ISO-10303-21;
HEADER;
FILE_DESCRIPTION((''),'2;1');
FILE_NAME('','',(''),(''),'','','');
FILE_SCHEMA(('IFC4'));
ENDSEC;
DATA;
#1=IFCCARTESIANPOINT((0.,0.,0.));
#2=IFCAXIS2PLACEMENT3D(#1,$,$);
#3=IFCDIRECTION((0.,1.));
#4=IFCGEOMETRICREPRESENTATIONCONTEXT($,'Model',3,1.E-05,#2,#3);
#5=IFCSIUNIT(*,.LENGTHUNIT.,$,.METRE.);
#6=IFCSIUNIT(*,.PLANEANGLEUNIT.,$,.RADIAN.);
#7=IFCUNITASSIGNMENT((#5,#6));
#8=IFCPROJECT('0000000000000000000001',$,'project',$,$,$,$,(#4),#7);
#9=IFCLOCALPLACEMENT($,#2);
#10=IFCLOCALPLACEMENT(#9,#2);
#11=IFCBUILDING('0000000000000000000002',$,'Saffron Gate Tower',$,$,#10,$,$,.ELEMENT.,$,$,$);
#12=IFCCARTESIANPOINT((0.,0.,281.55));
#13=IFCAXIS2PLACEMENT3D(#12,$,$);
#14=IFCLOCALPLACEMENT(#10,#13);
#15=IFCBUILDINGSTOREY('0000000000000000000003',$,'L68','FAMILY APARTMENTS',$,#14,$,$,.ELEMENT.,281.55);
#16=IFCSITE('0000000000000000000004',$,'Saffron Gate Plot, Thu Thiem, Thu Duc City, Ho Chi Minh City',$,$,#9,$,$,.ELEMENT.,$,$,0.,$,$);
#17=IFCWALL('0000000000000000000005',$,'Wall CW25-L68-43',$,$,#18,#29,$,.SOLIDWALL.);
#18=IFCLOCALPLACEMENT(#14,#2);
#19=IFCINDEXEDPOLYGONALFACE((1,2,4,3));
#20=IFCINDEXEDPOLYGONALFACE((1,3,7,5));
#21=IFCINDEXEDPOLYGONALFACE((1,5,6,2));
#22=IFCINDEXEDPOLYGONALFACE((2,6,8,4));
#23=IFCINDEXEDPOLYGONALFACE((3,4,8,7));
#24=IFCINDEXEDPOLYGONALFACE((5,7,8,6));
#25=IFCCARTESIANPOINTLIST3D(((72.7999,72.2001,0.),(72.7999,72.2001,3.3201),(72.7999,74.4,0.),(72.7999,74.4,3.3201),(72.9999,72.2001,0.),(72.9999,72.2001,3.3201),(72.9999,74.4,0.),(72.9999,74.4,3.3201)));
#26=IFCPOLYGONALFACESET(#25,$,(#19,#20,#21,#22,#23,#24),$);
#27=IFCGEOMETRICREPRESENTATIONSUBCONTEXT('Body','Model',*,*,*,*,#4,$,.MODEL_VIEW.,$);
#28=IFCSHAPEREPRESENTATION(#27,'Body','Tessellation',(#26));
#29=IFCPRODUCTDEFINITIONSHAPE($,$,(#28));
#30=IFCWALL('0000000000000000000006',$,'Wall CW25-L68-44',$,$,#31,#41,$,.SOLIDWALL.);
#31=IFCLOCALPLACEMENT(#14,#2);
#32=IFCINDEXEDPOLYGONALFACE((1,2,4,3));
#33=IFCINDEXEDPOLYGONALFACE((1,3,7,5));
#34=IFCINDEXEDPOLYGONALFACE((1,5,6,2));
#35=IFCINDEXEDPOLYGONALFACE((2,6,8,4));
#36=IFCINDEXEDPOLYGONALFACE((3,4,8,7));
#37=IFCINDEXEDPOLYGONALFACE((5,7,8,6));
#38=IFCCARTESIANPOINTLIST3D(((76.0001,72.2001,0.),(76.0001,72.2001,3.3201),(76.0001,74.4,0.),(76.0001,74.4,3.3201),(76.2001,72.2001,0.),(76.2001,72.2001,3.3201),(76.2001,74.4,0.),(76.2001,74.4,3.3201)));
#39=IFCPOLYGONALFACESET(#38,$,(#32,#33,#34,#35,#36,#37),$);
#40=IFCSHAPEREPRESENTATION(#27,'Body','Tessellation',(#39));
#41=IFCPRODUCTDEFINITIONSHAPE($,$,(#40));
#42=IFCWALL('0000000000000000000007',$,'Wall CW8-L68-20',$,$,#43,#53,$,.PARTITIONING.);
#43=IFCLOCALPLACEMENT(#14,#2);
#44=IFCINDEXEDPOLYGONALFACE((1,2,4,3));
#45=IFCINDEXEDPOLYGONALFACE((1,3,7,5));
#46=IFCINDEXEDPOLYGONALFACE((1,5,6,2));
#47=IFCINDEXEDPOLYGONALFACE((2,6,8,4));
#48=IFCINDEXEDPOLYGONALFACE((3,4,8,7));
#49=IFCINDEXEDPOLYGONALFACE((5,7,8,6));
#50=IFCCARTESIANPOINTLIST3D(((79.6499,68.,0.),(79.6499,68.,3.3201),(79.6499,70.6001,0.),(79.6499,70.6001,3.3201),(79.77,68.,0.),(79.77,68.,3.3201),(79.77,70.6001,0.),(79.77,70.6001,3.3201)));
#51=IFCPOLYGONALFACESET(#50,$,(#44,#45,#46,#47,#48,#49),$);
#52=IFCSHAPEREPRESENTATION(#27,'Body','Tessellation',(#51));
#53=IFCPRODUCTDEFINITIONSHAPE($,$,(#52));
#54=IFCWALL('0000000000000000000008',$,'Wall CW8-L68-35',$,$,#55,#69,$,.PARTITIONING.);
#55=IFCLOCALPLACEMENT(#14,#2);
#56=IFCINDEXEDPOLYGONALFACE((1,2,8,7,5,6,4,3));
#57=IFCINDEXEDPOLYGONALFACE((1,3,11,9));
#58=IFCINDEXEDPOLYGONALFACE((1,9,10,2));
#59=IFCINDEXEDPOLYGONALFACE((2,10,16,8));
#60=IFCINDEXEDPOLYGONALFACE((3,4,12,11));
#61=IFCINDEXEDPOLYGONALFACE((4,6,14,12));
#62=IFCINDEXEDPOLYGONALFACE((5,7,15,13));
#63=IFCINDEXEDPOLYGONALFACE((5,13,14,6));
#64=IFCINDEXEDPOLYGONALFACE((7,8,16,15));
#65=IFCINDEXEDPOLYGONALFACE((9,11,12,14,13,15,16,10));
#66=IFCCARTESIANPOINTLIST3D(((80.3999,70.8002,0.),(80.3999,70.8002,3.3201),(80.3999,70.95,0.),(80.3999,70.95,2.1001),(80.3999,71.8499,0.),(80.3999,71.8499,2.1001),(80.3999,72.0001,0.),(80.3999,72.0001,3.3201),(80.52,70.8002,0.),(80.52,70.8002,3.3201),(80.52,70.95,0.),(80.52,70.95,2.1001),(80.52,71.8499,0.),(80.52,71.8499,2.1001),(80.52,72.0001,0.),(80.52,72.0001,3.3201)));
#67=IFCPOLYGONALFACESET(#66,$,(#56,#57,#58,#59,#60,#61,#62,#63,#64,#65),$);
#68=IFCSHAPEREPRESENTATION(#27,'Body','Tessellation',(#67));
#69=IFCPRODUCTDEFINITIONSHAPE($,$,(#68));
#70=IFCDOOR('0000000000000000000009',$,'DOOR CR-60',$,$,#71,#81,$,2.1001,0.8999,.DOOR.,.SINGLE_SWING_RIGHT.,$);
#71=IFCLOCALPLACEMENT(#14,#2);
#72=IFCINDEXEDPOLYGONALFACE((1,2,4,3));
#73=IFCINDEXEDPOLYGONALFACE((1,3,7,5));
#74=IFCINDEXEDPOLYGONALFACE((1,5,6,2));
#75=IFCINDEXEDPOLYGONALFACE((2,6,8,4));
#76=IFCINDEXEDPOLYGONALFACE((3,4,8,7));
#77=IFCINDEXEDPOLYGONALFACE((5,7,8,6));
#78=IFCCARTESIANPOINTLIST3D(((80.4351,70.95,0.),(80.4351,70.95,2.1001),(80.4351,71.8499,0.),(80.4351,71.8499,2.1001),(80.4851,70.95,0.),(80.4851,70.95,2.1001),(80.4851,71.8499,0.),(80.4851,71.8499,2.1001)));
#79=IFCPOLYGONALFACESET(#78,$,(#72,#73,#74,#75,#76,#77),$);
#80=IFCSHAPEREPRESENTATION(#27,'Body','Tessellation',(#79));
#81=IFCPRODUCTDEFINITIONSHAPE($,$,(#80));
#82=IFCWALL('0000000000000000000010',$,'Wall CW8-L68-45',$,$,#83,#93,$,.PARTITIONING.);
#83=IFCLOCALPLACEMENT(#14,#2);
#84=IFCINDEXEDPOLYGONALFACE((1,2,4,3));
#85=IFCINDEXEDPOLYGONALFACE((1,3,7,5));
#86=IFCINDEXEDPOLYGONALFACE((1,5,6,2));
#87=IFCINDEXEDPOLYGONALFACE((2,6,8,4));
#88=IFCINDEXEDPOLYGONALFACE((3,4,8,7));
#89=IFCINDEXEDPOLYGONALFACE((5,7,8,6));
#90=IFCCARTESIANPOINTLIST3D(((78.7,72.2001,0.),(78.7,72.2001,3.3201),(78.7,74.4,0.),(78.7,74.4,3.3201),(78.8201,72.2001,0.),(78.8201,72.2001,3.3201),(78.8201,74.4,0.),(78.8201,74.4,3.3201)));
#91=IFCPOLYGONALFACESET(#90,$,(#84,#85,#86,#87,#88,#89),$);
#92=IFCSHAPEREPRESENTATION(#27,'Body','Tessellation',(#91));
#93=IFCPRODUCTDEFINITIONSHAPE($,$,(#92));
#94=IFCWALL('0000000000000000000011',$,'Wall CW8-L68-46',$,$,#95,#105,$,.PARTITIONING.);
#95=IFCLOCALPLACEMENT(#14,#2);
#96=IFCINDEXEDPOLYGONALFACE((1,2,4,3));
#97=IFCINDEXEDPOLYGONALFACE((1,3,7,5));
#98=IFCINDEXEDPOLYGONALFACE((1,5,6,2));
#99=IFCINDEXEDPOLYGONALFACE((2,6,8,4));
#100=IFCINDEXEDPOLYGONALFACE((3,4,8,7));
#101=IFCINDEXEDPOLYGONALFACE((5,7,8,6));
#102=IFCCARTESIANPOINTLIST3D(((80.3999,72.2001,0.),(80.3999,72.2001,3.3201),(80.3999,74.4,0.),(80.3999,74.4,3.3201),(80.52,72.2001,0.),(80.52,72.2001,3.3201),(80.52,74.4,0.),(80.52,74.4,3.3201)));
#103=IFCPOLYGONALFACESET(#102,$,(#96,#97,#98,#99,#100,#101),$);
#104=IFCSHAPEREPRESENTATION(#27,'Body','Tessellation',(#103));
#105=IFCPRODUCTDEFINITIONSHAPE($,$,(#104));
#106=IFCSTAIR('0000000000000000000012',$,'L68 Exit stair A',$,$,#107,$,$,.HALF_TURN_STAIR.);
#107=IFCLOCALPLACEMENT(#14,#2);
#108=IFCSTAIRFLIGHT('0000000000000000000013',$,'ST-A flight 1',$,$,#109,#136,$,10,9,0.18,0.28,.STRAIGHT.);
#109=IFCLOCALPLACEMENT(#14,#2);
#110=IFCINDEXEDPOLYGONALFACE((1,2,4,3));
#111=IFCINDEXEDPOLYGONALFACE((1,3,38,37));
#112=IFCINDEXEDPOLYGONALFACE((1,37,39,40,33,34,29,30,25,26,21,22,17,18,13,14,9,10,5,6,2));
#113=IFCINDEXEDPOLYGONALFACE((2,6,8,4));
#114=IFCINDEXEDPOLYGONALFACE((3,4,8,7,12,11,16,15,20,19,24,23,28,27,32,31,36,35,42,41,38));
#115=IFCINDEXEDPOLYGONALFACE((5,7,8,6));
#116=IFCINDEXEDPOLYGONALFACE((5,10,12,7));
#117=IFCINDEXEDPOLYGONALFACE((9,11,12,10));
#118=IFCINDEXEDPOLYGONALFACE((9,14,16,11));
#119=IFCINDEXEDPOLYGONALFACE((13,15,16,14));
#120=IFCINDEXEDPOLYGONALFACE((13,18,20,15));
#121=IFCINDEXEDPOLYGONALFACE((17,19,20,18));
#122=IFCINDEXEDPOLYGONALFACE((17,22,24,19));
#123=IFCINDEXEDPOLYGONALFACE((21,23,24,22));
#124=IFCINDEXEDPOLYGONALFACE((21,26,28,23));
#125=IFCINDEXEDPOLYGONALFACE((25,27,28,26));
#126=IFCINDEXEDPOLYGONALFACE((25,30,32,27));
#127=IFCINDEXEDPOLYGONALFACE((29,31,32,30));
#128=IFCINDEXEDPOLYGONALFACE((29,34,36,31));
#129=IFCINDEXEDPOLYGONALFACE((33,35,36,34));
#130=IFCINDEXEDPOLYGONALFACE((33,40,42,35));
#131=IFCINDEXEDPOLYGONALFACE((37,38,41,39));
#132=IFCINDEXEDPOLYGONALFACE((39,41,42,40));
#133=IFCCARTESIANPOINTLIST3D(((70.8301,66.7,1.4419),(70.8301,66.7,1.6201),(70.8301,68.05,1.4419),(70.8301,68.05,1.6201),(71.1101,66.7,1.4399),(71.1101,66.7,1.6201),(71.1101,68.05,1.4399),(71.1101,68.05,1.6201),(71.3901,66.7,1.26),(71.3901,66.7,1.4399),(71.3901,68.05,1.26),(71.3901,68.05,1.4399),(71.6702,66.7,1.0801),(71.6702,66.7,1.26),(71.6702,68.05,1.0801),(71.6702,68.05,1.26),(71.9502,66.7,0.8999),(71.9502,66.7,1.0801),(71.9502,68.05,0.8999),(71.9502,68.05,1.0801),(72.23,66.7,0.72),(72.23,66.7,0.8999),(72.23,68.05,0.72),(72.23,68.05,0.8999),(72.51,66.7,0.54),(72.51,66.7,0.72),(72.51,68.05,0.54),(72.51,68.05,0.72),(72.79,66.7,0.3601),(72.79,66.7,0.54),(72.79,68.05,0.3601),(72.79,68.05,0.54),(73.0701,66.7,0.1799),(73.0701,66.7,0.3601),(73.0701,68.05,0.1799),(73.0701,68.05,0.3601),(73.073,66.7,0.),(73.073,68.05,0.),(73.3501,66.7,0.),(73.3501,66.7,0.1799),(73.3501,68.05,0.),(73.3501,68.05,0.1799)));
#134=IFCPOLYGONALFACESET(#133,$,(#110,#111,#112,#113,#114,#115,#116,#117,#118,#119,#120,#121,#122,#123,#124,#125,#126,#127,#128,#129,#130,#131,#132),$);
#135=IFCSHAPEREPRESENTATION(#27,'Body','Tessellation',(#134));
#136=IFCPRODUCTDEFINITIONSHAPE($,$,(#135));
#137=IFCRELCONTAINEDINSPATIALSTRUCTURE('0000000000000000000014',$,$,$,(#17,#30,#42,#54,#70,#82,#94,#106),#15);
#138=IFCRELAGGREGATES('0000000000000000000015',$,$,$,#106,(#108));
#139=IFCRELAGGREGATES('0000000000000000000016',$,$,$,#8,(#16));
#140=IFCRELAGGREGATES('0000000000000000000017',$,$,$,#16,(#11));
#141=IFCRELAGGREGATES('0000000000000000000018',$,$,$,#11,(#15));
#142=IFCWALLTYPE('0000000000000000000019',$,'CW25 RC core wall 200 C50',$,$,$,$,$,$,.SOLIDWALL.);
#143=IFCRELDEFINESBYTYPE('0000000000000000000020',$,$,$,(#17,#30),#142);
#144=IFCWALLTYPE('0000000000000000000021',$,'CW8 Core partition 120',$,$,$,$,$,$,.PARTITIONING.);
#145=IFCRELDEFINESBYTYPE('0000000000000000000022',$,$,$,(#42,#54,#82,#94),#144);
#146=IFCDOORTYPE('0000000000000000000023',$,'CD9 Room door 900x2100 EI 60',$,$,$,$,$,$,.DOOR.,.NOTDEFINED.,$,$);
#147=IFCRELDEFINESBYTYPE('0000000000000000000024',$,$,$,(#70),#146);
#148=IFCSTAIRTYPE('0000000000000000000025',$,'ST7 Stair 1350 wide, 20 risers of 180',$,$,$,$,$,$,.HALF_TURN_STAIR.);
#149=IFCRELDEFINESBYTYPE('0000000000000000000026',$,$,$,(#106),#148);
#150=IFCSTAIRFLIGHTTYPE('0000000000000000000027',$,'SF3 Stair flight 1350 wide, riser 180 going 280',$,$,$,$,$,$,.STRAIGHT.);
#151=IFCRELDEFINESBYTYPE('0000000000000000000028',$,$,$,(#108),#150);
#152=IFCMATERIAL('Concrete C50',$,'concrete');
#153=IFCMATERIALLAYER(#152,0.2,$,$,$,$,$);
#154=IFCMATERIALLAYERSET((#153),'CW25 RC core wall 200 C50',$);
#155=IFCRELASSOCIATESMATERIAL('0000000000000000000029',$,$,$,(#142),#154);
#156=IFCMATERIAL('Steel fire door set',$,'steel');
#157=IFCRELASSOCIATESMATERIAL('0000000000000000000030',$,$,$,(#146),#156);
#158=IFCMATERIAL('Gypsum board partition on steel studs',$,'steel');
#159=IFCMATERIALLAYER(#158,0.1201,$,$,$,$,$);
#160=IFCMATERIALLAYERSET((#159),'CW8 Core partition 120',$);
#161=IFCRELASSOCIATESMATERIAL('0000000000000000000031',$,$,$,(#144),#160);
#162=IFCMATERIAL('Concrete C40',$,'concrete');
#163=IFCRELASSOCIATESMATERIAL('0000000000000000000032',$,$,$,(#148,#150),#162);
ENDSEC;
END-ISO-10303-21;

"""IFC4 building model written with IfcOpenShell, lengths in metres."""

from ifc_helpers import new_model, si_unit, direction, frame, frame_2d, origin, place, context, subcontext, project, spatial, polyline, rectangle, outline, extrude, material, layer, layer_set, type_object, element, fill, aggregate, save


model = new_model("IFC4")

# Units and contexts
model_context = context("Model", 3, precision=1e-05, world=origin(), true_north=direction((0.0, 1.0)))
body_context = subcontext(model_context, "Body", "Model", "MODEL_VIEW")
ifc_project = project(units=[si_unit("LENGTHUNIT", "METRE"), si_unit("PLANEANGLEUNIT", "RADIAN")], contexts=[model_context])

# Site, building, storey
site_placement = place(None, origin())
site = spatial("IfcSite", under=ifc_project, at=site_placement, Name="Saffron Gate Plot, Thu Thiem, Thu Duc City, Ho Chi Minh City", CompositionType="ELEMENT", RefElevation=0.0)
building_placement = place(site_placement, origin())
building = spatial("IfcBuilding", under=site, at=building_placement, Name="Saffron Gate Tower", CompositionType="ELEMENT")
storey_placement = place(building_placement, frame((0.0, 0.0, 281.55)))
storey = spatial("IfcBuildingStorey", under=building, at=storey_placement, Name="L68", Description="FAMILY APARTMENTS", CompositionType="ELEMENT", Elevation=281.55)

# Shared definitions
ifc_material_1 = material(Name="Concrete C50", Category="concrete")

# Shared definitions
ifc_layer_1 = layer(ifc_material_1, 0.2)
ifc_layer_set_1 = layer_set([ifc_layer_1], Name="CW25 RC core wall 200 C50")
wall_type_1 = type_object("IfcWallType", Name="CW25 RC core wall 200 C50", PredefinedType="SOLIDWALL", material=ifc_layer_set_1)
ifc_material_2 = material(Name="Steel fire door set", Category="steel")
door_type_1 = type_object("IfcDoorType", Name="CD9 Room door 900x2100 EI 60", OperationType="NOTDEFINED", PredefinedType="DOOR", material=ifc_material_2)

# Walls
for number, where, z_axis, x_axis, name in (
    (1, (72.8999, 72.2, 0.0), (0.0, 0.0, 1.0), (0.0, 1.0, 0.0), "Wall CW25-L68-43"),
    (2, (76.1001, 72.2, 0.0), (0.0, 0.0, 1.0), (0.0, 1.0, 0.0), "Wall CW25-L68-44"),
):
    element("IfcWall", number, at=place(storey_placement, frame(where, z_axis=z_axis, x_axis=x_axis)), inside=storey, type_object=wall_type_1, Name=name, PredefinedType="SOLIDWALL", context=body_context, shape_type="SweptSolid", body=[
        extrude(rectangle(XDim=2.2, YDim=0.2, at=frame_2d((1.1001, 0.0))), origin(), (0.0, 0.0, 1.0), 3.3201),
    ])
ifc_material_3 = material(Name="Gypsum board partition on steel studs", Category="steel")
ifc_layer_2 = layer(ifc_material_3, 0.1201)
ifc_layer_set_2 = layer_set([ifc_layer_2], Name="CW8 Core partition 120")
wall_type_2 = type_object("IfcWallType", Name="CW8 Core partition 120", PredefinedType="PARTITIONING", material=ifc_layer_set_2)
wall_1_placement = place(storey_placement, frame((79.71, 68.0, 0.0), z_axis=(0.0, 0.0, 1.0), x_axis=(0.0, 1.0, 0.0)))
element("IfcWall", 3, at=wall_1_placement, inside=storey, type_object=wall_type_2, Name="Wall CW8-L68-20", PredefinedType="PARTITIONING", context=body_context, shape_type="SweptSolid", body=[
    extrude(rectangle(XDim=2.6001, YDim=0.1201, at=frame_2d((1.3, 0.0))), origin(), (0.0, 0.0, 1.0), 3.3201),
])

# Wall, opening, door
wall_2_placement = place(storey_placement, frame((80.46, 70.8, 0.0), z_axis=(0.0, 0.0, 1.0), x_axis=(0.0, 1.0, 0.0)))
wall_2 = element("IfcWall", 4, at=wall_2_placement, inside=storey, type_object=wall_type_2, Name="Wall CW8-L68-35", PredefinedType="PARTITIONING", context=body_context, shape_type="SweptSolid", body=[
    extrude(rectangle(XDim=1.2, YDim=0.1201, at=frame_2d((0.6001, 0.0))), origin(), (0.0, 0.0, 1.0), 3.3201),
])
opening_1_placement = place(wall_2_placement, frame((0.1499, 0.0, 0.0)))
opening_1 = element("IfcOpeningElement", 5, at=opening_1_placement, cuts=wall_2, PredefinedType="OPENING", context=body_context, shape_type="SweptSolid", body=[
    extrude(rectangle(XDim=0.8999, YDim=2.1001, at=frame_2d((0.45, 1.05))), frame((0.0, 0.0701, 0.0), z_axis=(0.0, -1.0, 0.0), x_axis=(1.0, 0.0, 0.0)), (0.0, 0.0, 1.0), 0.1401),
])
door_1_placement = place(opening_1_placement, origin())
door_1 = element("IfcDoor", 6, at=door_1_placement, inside=storey, type_object=door_type_1, Name="DOOR CR-60", OperationType="SINGLE_SWING_RIGHT", OverallHeight=2.1001, OverallWidth=0.8999, PredefinedType="DOOR", context=body_context, shape_type="SweptSolid", body=[
    extrude(rectangle(XDim=0.8999, YDim=2.1001, at=frame_2d((0.45, 1.05))), frame((0.0, 0.0249, 0.0), z_axis=(0.0, -1.0, 0.0), x_axis=(1.0, 0.0, 0.0)), (0.0, 0.0, 1.0), 0.05),
])
fill(opening_1, door_1)

# Walls
for number, where, z_axis, x_axis, name in (
    (7, (78.76, 72.2, 0.0), (0.0, 0.0, 1.0), (0.0, 1.0, 0.0), "Wall CW8-L68-45"),
    (8, (80.46, 72.2, 0.0), (0.0, 0.0, 1.0), (0.0, 1.0, 0.0), "Wall CW8-L68-46"),
):
    element("IfcWall", number, at=place(storey_placement, frame(where, z_axis=z_axis, x_axis=x_axis)), inside=storey, type_object=wall_type_2, Name=name, PredefinedType="PARTITIONING", context=body_context, shape_type="SweptSolid", body=[
        extrude(rectangle(XDim=2.2, YDim=0.1201, at=frame_2d((1.1001, 0.0))), origin(), (0.0, 0.0, 1.0), 3.3201),
    ])

# Stair, stair flight
ifc_material_4 = material(Name="Concrete C40", Category="concrete")
stair_type = type_object("IfcStairType", Name="ST7 Stair 1350 wide, 20 risers of 180", PredefinedType="HALF_TURN_STAIR", material=ifc_material_4)
stair_placement = place(storey_placement, origin())
stair = element("IfcStair", 9, at=stair_placement, inside=storey, type_object=stair_type, Name="L68 Exit stair A", PredefinedType="HALF_TURN_STAIR")
stair_flight_type = type_object("IfcStairFlightType", Name="SF3 Stair flight 1350 wide, riser 180 going 280", PredefinedType="STRAIGHT", material=ifc_material_4)
stair_flight_placement = place(storey_placement, frame((73.3501, 67.375, 0.0), z_axis=(0.0, 0.0, 1.0), x_axis=(-1.0, 0.0, 0.0)))
stair_flight = element("IfcStairFlight", 10, at=stair_flight_placement, type_object=stair_flight_type, Name="ST-A flight 1", NumberOfRisers=10, NumberOfTreads=9, PredefinedType="STRAIGHT", RiserHeight=0.18, TreadLength=0.28, context=body_context, shape_type="SweptSolid", body=[
    extrude(outline(polyline([(0.0, 0.0), (0.0, 0.1799), (0.28, 0.1799), (0.28, 0.3601), (0.5601, 0.3601), (0.5601, 0.54), (0.8401, 0.54), (0.8401, 0.72), (1.1201, 0.72), (1.1201, 0.8999), (1.3999, 0.8999), (1.3999, 1.0801), (1.6799, 1.0801), (1.6799, 1.26), (1.96, 1.26), (1.96, 1.4399), (2.24, 1.4399), (2.24, 1.6201), (2.52, 1.6201), (2.52, 1.8), (2.52, 1.4419), (0.2771, 0.0), (0.0, 0.0)])), frame((0.0, 0.675, 0.0), z_axis=(0.0, -1.0, 0.0), x_axis=(1.0, 0.0, 0.0)), (0.0, 0.0, 1.0), 1.3501),
])
aggregate(stair, [stair_flight])

save(model, "model.ifc")
